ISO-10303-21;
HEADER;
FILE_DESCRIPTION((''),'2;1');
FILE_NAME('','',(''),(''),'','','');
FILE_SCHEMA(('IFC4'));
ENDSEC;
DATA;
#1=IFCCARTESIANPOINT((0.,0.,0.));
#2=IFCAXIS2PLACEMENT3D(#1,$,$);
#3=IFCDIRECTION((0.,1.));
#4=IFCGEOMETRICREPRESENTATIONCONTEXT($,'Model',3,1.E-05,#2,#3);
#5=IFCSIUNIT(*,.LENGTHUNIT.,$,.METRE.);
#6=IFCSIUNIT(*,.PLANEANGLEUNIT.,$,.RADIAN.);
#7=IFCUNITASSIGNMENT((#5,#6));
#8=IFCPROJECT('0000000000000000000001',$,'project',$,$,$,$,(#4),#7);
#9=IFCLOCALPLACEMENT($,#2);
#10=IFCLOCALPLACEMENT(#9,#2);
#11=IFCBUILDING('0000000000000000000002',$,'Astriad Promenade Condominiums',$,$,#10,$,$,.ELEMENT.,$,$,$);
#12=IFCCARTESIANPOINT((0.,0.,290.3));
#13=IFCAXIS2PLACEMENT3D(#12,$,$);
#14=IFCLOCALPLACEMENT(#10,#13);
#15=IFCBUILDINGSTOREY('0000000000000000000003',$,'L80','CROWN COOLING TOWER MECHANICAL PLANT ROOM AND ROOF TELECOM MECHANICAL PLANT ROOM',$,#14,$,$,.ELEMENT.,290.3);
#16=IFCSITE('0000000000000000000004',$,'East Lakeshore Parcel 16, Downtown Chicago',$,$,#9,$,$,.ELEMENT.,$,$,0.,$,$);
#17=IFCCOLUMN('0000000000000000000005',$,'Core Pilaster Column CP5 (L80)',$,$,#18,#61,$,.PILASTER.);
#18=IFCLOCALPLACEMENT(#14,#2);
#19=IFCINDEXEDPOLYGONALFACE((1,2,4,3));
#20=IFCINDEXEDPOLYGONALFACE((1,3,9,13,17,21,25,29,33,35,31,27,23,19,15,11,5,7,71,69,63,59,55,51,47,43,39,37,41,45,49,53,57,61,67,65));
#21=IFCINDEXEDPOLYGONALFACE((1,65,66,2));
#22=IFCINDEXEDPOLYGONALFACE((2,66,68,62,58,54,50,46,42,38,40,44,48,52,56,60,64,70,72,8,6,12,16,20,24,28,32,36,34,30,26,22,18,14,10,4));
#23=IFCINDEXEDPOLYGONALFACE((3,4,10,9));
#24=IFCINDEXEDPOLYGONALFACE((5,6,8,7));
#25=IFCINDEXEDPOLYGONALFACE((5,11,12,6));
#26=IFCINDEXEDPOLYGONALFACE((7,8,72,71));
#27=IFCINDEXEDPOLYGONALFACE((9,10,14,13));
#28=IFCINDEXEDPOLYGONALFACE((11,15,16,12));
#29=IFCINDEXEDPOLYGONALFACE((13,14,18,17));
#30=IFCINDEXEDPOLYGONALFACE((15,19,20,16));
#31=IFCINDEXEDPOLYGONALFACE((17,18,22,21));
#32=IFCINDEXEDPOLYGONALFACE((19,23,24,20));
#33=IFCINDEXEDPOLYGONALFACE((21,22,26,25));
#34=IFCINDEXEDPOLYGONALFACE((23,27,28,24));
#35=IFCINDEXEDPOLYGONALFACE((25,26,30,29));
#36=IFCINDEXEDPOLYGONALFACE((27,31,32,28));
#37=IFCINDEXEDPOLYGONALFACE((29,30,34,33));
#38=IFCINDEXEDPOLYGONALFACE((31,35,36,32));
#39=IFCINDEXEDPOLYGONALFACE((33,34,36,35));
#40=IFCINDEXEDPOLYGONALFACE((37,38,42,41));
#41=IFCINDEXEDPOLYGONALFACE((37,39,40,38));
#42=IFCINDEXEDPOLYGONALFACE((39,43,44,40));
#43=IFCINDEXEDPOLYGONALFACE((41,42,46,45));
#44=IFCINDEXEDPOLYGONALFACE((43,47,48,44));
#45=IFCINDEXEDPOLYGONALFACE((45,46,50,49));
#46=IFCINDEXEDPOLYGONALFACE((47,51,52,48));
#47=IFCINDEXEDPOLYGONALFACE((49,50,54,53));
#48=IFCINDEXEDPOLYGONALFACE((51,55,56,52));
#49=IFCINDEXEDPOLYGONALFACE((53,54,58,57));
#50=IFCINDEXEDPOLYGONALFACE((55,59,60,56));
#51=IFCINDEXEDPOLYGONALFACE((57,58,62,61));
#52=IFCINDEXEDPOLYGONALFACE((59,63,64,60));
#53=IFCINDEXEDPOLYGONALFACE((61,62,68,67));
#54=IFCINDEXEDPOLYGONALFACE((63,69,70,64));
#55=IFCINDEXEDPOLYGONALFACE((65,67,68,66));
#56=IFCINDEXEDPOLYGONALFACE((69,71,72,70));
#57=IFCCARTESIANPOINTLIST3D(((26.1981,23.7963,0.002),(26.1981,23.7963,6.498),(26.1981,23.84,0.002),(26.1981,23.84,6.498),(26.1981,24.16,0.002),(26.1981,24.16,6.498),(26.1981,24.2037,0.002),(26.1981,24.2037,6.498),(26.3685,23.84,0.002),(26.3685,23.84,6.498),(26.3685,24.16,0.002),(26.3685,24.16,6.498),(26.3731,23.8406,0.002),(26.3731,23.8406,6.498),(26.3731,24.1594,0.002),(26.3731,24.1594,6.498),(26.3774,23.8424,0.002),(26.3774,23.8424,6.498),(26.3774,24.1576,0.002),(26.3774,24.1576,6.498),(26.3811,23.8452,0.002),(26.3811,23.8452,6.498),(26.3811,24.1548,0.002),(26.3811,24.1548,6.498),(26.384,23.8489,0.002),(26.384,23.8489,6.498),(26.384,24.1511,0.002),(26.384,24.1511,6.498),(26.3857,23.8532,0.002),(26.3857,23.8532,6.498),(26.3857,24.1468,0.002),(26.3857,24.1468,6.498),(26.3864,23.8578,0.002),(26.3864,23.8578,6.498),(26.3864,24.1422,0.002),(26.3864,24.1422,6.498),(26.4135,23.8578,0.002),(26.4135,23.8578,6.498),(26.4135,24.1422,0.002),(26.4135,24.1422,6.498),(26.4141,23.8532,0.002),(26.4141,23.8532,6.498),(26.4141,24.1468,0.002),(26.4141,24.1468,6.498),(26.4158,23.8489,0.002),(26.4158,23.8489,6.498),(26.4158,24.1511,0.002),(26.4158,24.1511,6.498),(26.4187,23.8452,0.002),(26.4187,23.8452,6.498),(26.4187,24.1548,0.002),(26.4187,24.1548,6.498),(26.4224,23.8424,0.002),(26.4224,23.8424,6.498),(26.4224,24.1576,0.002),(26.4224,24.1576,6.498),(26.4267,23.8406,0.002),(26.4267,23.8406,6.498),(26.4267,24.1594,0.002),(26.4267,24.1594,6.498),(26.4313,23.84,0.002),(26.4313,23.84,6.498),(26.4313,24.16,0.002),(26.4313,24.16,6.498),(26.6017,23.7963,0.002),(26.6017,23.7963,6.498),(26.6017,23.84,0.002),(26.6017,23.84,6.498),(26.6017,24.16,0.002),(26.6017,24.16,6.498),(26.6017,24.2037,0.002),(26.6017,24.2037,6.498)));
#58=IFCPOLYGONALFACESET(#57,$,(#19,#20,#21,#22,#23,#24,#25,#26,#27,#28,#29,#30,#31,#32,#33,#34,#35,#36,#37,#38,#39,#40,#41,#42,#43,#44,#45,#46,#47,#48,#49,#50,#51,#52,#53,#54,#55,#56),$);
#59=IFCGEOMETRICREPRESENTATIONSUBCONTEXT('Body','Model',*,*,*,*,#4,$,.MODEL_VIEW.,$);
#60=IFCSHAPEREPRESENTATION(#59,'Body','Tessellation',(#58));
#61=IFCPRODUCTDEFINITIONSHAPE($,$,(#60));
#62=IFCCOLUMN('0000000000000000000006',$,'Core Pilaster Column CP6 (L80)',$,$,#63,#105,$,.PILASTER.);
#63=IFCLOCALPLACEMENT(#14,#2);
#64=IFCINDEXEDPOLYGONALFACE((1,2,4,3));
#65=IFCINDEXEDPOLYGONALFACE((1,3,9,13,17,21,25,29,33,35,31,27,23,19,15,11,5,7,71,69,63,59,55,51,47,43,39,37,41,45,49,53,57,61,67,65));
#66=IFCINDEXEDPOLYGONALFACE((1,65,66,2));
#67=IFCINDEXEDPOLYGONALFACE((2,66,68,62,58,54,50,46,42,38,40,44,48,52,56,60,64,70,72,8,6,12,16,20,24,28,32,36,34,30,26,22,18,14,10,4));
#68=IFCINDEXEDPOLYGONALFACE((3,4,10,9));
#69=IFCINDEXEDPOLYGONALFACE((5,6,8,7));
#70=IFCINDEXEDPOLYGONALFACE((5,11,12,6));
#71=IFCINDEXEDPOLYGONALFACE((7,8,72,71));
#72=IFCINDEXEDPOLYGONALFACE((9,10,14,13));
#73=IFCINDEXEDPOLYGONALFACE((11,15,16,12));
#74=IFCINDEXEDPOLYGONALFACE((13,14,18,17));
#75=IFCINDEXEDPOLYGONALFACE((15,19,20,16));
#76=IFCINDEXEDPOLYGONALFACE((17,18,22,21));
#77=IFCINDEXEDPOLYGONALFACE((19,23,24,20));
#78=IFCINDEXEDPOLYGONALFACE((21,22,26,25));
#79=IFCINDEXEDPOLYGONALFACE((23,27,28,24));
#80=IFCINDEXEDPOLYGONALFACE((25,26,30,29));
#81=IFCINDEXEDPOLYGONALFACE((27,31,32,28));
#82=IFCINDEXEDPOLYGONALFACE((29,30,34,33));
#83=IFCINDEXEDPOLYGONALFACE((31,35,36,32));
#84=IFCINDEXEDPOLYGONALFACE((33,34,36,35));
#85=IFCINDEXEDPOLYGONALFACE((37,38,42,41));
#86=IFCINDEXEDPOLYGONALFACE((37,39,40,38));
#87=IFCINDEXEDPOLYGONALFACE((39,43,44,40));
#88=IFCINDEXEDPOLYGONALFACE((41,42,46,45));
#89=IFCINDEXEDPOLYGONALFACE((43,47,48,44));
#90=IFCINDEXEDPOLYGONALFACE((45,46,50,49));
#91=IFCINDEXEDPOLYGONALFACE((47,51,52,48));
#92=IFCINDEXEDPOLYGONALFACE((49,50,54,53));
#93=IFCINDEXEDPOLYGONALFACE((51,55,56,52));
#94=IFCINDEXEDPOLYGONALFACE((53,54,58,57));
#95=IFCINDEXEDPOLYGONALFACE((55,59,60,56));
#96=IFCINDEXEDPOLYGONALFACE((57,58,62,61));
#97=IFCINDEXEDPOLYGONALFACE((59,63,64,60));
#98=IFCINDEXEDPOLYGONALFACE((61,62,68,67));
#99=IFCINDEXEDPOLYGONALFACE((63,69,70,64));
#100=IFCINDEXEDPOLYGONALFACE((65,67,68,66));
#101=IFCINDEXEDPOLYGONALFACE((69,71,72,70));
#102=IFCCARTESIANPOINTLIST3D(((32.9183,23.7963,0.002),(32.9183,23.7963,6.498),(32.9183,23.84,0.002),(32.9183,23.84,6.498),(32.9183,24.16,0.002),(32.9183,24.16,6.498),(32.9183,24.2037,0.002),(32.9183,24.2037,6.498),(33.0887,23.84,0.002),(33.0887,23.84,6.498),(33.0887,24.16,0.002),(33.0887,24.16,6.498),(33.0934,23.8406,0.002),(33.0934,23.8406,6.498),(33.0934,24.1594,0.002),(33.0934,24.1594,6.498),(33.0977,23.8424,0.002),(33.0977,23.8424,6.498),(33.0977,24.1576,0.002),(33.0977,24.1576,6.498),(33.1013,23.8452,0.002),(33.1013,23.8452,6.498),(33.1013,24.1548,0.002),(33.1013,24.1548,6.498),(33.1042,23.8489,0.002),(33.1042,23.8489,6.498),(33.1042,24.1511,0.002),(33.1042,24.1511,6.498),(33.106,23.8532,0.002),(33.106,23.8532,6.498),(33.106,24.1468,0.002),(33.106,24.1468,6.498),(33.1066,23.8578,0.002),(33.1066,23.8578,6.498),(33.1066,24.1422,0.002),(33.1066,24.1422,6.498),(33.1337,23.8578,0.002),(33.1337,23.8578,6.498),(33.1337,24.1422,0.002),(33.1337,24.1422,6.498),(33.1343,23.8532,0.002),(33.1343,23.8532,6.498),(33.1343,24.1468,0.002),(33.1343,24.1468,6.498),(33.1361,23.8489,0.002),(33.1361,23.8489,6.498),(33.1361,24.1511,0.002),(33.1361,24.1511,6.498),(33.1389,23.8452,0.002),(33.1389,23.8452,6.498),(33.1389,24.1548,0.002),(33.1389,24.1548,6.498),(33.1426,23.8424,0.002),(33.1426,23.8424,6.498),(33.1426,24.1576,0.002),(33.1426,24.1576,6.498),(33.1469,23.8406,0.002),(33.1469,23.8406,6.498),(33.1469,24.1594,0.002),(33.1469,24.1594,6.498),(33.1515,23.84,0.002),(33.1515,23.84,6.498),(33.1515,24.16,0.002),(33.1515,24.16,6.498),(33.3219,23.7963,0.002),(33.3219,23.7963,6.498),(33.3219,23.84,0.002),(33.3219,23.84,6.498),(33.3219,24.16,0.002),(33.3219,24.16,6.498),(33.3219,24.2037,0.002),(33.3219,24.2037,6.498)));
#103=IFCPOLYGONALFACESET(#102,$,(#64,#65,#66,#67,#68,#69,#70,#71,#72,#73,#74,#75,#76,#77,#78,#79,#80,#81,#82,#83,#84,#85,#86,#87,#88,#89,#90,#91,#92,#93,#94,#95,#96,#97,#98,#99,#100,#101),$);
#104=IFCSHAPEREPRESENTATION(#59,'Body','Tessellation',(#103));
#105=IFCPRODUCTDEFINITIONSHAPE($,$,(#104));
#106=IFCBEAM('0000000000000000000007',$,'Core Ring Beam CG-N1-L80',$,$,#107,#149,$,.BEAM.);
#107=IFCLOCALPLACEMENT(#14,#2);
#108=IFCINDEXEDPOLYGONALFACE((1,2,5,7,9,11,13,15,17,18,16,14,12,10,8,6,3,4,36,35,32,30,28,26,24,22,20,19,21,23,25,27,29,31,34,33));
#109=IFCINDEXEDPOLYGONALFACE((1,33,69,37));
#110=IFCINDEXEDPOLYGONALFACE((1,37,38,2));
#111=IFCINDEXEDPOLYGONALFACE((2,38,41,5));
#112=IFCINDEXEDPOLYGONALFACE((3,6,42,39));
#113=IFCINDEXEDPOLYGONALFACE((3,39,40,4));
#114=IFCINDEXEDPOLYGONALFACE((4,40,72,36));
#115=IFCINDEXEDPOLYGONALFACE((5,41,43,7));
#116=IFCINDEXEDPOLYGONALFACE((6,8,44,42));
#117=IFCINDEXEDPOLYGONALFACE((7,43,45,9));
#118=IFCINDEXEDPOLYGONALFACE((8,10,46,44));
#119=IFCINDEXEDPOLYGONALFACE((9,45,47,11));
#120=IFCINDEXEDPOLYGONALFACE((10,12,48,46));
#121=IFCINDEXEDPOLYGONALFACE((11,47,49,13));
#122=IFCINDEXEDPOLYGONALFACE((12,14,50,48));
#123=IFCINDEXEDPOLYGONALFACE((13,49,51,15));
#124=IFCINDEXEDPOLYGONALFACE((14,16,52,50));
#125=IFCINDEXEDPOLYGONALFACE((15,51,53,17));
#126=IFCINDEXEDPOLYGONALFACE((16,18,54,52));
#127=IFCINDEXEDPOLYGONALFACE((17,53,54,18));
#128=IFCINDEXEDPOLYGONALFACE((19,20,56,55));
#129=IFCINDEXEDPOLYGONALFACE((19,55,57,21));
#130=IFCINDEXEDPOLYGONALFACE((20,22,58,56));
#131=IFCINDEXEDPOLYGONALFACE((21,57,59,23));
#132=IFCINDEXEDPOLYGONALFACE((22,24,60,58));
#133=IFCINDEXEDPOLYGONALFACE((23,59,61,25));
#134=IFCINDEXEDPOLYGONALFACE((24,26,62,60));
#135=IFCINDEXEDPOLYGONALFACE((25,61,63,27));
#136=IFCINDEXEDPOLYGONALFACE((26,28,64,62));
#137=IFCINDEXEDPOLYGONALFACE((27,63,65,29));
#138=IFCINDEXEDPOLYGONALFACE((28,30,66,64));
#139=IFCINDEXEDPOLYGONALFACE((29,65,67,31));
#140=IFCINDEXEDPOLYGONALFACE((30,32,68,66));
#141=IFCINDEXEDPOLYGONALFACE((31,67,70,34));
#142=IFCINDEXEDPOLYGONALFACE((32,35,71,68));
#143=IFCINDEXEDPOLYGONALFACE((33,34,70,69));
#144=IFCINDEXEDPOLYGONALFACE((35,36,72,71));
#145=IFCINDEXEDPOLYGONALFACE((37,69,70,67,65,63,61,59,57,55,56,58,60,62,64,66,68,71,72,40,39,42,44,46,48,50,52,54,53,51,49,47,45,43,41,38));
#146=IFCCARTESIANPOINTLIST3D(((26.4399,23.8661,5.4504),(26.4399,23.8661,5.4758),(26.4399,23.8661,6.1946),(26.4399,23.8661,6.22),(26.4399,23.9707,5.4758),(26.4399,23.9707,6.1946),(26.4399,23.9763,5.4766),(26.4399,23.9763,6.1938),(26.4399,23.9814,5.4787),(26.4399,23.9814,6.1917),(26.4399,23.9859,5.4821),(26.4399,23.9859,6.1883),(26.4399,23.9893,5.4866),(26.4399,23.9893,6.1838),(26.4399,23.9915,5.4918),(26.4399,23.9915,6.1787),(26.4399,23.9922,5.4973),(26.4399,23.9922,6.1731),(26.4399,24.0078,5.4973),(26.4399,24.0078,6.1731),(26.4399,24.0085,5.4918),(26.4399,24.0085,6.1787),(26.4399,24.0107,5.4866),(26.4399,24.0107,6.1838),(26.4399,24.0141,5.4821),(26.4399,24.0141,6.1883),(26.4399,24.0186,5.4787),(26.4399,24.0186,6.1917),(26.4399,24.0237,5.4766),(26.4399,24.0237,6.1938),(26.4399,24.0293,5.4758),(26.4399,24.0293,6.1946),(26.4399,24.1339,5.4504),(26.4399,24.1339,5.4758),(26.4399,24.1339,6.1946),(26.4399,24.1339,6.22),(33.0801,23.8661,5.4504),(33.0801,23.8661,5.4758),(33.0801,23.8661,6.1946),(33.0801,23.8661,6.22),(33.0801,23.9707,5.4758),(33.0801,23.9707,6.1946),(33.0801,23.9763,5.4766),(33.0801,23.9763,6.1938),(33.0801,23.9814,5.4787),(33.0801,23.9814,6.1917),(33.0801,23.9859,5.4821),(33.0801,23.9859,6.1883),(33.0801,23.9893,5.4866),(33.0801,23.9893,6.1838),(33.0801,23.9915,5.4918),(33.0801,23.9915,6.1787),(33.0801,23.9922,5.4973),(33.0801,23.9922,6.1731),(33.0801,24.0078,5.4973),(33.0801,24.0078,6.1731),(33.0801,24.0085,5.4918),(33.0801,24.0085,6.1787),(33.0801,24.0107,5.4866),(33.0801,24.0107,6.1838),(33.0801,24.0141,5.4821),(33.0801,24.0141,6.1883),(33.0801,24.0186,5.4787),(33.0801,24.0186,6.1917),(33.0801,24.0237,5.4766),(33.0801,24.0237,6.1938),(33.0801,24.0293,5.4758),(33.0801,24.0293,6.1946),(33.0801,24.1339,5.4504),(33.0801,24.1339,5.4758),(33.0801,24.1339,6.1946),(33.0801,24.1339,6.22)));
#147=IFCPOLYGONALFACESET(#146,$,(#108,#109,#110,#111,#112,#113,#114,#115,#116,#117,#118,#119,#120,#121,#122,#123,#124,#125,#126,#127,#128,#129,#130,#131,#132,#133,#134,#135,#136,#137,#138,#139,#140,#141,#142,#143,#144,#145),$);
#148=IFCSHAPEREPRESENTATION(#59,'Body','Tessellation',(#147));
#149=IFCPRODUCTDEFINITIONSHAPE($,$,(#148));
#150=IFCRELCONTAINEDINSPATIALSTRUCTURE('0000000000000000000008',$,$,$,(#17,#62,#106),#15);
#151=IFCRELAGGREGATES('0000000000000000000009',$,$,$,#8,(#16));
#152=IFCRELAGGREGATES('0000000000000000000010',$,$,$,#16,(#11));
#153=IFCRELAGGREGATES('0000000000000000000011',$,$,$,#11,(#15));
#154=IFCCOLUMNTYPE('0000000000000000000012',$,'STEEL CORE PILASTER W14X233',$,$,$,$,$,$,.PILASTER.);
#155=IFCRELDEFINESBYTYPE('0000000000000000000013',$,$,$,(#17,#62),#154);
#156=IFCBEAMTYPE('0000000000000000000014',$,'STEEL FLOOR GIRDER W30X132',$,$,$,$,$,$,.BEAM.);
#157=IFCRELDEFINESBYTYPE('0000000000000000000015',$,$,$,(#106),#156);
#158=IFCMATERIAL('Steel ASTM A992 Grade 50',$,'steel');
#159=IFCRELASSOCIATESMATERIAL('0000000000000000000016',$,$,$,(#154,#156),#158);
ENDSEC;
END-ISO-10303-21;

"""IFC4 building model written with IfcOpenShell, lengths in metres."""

from ifc_helpers import new_model, si_unit, direction, frame, origin, origin_2d, place, context, subcontext, project, spatial, i_section, extrude, source, transform, mapped, material, material_profile, profile_set, type_object, type_shapes, element, save


model = new_model("IFC4")

# Units and contexts
model_context = context("Model", 3, precision=1e-05, world=origin(), true_north=direction((0.0, 1.0)))
body_context = subcontext(model_context, "Body", "Model", "MODEL_VIEW")
ifc_project = project(units=[si_unit("LENGTHUNIT", "METRE"), si_unit("PLANEANGLEUNIT", "RADIAN")], contexts=[model_context])

# Site, building, storey
site_placement = place(None, origin())
site = spatial("IfcSite", under=ifc_project, at=site_placement, Name="East Lakeshore Parcel 16, Downtown Chicago", CompositionType="ELEMENT", RefElevation=0.0)
building_placement = place(site_placement, origin())
building = spatial("IfcBuilding", under=site, at=building_placement, Name="Astriad Promenade Condominiums", CompositionType="ELEMENT")
storey_placement = place(building_placement, frame((0.0, 0.0, 290.3)))
storey = spatial("IfcBuildingStorey", under=building, at=storey_placement, Name="L80", Description="CROWN COOLING TOWER MECHANICAL PLANT ROOM AND ROOF TELECOM MECHANICAL PLANT ROOM", CompositionType="ELEMENT", Elevation=290.3)

# Columns
ifc_material_1 = material(Name="Steel ASTM A992 Grade 50", Category="steel")
ifc_material_profile_1 = material_profile(ifc_material_1, i_section(OverallWidth=0.4036, OverallDepth=0.4075, WebThickness=0.0271, FlangeThickness=0.0437, FilletRadius=0.0178, at=origin_2d()), Name="W14X233")
ifc_profile_set_1 = profile_set([ifc_material_profile_1], Name="Steel ASTM A992 Grade 50")
column_type = type_object("IfcColumnType", Name="STEEL CORE PILASTER W14X233", PredefinedType="PILASTER", material=ifc_profile_set_1)
shared_shape_1 = source(origin(), body_context, "Body", "SweptSolid", [
    extrude(i_section(OverallWidth=0.4036, OverallDepth=0.4075, WebThickness=0.0271, FlangeThickness=0.0437, FilletRadius=0.0178, at=origin_2d()), origin(), (0.0, 0.0, 1.0), 6.4961),
])
type_shapes(column_type, [shared_shape_1])
for number, where, z_axis, x_axis, name in (
    (1, (26.3999, 24.0, 0.002), (0.0, 0.0, 1.0), (1.0, 0.0, 0.0), "Core Pilaster Column CP5 (L80)"),
    (2, (33.1201, 24.0, 0.002), (0.0, 0.0, 1.0), (1.0, 0.0, 0.0), "Core Pilaster Column CP6 (L80)"),
):
    element("IfcColumn", number, at=place(storey_placement, frame(where, z_axis=z_axis, x_axis=x_axis)), inside=storey, type_object=column_type, Name=name, PredefinedType="PILASTER", context=body_context, shape_type="MappedRepresentation", body=[
        mapped(shared_shape_1, transform((0.0, 0.0, 0.0), scale=1.0)),
    ])

# Beam
ifc_material_profile_2 = material_profile(ifc_material_1, i_section(OverallWidth=0.2678, OverallDepth=0.7695, WebThickness=0.0156, FlangeThickness=0.0254, FilletRadius=0.0215, at=origin_2d()), Name="W30X132")
ifc_profile_set_2 = profile_set([ifc_material_profile_2], Name="Steel ASTM A992 Grade 50")
beam_type = type_object("IfcBeamType", Name="STEEL FLOOR GIRDER W30X132", PredefinedType="BEAM", material=ifc_profile_set_2)
shared_shape_2 = source(origin(), body_context, "Body", "SweptSolid", [
    extrude(i_section(OverallWidth=0.2678, OverallDepth=0.7695, WebThickness=0.0156, FlangeThickness=0.0254, FilletRadius=0.0215, at=origin_2d()), origin(), (0.0, 0.0, 1.0), 6.6401),
])
type_shapes(beam_type, [shared_shape_2])
beam_placement = place(storey_placement, frame((26.4399, 24.0, 5.8352), z_axis=(1.0, 0.0, 0.0), x_axis=(0.0, 1.0, 0.0)))
element("IfcBeam", 3, at=beam_placement, inside=storey, type_object=beam_type, Name="Core Ring Beam CG-N1-L80", PredefinedType="BEAM", context=body_context, shape_type="MappedRepresentation", body=[
    mapped(shared_shape_2, transform((0.0, 0.0, 0.0), scale=1.0)),
])

save(model, "model.ifc")
